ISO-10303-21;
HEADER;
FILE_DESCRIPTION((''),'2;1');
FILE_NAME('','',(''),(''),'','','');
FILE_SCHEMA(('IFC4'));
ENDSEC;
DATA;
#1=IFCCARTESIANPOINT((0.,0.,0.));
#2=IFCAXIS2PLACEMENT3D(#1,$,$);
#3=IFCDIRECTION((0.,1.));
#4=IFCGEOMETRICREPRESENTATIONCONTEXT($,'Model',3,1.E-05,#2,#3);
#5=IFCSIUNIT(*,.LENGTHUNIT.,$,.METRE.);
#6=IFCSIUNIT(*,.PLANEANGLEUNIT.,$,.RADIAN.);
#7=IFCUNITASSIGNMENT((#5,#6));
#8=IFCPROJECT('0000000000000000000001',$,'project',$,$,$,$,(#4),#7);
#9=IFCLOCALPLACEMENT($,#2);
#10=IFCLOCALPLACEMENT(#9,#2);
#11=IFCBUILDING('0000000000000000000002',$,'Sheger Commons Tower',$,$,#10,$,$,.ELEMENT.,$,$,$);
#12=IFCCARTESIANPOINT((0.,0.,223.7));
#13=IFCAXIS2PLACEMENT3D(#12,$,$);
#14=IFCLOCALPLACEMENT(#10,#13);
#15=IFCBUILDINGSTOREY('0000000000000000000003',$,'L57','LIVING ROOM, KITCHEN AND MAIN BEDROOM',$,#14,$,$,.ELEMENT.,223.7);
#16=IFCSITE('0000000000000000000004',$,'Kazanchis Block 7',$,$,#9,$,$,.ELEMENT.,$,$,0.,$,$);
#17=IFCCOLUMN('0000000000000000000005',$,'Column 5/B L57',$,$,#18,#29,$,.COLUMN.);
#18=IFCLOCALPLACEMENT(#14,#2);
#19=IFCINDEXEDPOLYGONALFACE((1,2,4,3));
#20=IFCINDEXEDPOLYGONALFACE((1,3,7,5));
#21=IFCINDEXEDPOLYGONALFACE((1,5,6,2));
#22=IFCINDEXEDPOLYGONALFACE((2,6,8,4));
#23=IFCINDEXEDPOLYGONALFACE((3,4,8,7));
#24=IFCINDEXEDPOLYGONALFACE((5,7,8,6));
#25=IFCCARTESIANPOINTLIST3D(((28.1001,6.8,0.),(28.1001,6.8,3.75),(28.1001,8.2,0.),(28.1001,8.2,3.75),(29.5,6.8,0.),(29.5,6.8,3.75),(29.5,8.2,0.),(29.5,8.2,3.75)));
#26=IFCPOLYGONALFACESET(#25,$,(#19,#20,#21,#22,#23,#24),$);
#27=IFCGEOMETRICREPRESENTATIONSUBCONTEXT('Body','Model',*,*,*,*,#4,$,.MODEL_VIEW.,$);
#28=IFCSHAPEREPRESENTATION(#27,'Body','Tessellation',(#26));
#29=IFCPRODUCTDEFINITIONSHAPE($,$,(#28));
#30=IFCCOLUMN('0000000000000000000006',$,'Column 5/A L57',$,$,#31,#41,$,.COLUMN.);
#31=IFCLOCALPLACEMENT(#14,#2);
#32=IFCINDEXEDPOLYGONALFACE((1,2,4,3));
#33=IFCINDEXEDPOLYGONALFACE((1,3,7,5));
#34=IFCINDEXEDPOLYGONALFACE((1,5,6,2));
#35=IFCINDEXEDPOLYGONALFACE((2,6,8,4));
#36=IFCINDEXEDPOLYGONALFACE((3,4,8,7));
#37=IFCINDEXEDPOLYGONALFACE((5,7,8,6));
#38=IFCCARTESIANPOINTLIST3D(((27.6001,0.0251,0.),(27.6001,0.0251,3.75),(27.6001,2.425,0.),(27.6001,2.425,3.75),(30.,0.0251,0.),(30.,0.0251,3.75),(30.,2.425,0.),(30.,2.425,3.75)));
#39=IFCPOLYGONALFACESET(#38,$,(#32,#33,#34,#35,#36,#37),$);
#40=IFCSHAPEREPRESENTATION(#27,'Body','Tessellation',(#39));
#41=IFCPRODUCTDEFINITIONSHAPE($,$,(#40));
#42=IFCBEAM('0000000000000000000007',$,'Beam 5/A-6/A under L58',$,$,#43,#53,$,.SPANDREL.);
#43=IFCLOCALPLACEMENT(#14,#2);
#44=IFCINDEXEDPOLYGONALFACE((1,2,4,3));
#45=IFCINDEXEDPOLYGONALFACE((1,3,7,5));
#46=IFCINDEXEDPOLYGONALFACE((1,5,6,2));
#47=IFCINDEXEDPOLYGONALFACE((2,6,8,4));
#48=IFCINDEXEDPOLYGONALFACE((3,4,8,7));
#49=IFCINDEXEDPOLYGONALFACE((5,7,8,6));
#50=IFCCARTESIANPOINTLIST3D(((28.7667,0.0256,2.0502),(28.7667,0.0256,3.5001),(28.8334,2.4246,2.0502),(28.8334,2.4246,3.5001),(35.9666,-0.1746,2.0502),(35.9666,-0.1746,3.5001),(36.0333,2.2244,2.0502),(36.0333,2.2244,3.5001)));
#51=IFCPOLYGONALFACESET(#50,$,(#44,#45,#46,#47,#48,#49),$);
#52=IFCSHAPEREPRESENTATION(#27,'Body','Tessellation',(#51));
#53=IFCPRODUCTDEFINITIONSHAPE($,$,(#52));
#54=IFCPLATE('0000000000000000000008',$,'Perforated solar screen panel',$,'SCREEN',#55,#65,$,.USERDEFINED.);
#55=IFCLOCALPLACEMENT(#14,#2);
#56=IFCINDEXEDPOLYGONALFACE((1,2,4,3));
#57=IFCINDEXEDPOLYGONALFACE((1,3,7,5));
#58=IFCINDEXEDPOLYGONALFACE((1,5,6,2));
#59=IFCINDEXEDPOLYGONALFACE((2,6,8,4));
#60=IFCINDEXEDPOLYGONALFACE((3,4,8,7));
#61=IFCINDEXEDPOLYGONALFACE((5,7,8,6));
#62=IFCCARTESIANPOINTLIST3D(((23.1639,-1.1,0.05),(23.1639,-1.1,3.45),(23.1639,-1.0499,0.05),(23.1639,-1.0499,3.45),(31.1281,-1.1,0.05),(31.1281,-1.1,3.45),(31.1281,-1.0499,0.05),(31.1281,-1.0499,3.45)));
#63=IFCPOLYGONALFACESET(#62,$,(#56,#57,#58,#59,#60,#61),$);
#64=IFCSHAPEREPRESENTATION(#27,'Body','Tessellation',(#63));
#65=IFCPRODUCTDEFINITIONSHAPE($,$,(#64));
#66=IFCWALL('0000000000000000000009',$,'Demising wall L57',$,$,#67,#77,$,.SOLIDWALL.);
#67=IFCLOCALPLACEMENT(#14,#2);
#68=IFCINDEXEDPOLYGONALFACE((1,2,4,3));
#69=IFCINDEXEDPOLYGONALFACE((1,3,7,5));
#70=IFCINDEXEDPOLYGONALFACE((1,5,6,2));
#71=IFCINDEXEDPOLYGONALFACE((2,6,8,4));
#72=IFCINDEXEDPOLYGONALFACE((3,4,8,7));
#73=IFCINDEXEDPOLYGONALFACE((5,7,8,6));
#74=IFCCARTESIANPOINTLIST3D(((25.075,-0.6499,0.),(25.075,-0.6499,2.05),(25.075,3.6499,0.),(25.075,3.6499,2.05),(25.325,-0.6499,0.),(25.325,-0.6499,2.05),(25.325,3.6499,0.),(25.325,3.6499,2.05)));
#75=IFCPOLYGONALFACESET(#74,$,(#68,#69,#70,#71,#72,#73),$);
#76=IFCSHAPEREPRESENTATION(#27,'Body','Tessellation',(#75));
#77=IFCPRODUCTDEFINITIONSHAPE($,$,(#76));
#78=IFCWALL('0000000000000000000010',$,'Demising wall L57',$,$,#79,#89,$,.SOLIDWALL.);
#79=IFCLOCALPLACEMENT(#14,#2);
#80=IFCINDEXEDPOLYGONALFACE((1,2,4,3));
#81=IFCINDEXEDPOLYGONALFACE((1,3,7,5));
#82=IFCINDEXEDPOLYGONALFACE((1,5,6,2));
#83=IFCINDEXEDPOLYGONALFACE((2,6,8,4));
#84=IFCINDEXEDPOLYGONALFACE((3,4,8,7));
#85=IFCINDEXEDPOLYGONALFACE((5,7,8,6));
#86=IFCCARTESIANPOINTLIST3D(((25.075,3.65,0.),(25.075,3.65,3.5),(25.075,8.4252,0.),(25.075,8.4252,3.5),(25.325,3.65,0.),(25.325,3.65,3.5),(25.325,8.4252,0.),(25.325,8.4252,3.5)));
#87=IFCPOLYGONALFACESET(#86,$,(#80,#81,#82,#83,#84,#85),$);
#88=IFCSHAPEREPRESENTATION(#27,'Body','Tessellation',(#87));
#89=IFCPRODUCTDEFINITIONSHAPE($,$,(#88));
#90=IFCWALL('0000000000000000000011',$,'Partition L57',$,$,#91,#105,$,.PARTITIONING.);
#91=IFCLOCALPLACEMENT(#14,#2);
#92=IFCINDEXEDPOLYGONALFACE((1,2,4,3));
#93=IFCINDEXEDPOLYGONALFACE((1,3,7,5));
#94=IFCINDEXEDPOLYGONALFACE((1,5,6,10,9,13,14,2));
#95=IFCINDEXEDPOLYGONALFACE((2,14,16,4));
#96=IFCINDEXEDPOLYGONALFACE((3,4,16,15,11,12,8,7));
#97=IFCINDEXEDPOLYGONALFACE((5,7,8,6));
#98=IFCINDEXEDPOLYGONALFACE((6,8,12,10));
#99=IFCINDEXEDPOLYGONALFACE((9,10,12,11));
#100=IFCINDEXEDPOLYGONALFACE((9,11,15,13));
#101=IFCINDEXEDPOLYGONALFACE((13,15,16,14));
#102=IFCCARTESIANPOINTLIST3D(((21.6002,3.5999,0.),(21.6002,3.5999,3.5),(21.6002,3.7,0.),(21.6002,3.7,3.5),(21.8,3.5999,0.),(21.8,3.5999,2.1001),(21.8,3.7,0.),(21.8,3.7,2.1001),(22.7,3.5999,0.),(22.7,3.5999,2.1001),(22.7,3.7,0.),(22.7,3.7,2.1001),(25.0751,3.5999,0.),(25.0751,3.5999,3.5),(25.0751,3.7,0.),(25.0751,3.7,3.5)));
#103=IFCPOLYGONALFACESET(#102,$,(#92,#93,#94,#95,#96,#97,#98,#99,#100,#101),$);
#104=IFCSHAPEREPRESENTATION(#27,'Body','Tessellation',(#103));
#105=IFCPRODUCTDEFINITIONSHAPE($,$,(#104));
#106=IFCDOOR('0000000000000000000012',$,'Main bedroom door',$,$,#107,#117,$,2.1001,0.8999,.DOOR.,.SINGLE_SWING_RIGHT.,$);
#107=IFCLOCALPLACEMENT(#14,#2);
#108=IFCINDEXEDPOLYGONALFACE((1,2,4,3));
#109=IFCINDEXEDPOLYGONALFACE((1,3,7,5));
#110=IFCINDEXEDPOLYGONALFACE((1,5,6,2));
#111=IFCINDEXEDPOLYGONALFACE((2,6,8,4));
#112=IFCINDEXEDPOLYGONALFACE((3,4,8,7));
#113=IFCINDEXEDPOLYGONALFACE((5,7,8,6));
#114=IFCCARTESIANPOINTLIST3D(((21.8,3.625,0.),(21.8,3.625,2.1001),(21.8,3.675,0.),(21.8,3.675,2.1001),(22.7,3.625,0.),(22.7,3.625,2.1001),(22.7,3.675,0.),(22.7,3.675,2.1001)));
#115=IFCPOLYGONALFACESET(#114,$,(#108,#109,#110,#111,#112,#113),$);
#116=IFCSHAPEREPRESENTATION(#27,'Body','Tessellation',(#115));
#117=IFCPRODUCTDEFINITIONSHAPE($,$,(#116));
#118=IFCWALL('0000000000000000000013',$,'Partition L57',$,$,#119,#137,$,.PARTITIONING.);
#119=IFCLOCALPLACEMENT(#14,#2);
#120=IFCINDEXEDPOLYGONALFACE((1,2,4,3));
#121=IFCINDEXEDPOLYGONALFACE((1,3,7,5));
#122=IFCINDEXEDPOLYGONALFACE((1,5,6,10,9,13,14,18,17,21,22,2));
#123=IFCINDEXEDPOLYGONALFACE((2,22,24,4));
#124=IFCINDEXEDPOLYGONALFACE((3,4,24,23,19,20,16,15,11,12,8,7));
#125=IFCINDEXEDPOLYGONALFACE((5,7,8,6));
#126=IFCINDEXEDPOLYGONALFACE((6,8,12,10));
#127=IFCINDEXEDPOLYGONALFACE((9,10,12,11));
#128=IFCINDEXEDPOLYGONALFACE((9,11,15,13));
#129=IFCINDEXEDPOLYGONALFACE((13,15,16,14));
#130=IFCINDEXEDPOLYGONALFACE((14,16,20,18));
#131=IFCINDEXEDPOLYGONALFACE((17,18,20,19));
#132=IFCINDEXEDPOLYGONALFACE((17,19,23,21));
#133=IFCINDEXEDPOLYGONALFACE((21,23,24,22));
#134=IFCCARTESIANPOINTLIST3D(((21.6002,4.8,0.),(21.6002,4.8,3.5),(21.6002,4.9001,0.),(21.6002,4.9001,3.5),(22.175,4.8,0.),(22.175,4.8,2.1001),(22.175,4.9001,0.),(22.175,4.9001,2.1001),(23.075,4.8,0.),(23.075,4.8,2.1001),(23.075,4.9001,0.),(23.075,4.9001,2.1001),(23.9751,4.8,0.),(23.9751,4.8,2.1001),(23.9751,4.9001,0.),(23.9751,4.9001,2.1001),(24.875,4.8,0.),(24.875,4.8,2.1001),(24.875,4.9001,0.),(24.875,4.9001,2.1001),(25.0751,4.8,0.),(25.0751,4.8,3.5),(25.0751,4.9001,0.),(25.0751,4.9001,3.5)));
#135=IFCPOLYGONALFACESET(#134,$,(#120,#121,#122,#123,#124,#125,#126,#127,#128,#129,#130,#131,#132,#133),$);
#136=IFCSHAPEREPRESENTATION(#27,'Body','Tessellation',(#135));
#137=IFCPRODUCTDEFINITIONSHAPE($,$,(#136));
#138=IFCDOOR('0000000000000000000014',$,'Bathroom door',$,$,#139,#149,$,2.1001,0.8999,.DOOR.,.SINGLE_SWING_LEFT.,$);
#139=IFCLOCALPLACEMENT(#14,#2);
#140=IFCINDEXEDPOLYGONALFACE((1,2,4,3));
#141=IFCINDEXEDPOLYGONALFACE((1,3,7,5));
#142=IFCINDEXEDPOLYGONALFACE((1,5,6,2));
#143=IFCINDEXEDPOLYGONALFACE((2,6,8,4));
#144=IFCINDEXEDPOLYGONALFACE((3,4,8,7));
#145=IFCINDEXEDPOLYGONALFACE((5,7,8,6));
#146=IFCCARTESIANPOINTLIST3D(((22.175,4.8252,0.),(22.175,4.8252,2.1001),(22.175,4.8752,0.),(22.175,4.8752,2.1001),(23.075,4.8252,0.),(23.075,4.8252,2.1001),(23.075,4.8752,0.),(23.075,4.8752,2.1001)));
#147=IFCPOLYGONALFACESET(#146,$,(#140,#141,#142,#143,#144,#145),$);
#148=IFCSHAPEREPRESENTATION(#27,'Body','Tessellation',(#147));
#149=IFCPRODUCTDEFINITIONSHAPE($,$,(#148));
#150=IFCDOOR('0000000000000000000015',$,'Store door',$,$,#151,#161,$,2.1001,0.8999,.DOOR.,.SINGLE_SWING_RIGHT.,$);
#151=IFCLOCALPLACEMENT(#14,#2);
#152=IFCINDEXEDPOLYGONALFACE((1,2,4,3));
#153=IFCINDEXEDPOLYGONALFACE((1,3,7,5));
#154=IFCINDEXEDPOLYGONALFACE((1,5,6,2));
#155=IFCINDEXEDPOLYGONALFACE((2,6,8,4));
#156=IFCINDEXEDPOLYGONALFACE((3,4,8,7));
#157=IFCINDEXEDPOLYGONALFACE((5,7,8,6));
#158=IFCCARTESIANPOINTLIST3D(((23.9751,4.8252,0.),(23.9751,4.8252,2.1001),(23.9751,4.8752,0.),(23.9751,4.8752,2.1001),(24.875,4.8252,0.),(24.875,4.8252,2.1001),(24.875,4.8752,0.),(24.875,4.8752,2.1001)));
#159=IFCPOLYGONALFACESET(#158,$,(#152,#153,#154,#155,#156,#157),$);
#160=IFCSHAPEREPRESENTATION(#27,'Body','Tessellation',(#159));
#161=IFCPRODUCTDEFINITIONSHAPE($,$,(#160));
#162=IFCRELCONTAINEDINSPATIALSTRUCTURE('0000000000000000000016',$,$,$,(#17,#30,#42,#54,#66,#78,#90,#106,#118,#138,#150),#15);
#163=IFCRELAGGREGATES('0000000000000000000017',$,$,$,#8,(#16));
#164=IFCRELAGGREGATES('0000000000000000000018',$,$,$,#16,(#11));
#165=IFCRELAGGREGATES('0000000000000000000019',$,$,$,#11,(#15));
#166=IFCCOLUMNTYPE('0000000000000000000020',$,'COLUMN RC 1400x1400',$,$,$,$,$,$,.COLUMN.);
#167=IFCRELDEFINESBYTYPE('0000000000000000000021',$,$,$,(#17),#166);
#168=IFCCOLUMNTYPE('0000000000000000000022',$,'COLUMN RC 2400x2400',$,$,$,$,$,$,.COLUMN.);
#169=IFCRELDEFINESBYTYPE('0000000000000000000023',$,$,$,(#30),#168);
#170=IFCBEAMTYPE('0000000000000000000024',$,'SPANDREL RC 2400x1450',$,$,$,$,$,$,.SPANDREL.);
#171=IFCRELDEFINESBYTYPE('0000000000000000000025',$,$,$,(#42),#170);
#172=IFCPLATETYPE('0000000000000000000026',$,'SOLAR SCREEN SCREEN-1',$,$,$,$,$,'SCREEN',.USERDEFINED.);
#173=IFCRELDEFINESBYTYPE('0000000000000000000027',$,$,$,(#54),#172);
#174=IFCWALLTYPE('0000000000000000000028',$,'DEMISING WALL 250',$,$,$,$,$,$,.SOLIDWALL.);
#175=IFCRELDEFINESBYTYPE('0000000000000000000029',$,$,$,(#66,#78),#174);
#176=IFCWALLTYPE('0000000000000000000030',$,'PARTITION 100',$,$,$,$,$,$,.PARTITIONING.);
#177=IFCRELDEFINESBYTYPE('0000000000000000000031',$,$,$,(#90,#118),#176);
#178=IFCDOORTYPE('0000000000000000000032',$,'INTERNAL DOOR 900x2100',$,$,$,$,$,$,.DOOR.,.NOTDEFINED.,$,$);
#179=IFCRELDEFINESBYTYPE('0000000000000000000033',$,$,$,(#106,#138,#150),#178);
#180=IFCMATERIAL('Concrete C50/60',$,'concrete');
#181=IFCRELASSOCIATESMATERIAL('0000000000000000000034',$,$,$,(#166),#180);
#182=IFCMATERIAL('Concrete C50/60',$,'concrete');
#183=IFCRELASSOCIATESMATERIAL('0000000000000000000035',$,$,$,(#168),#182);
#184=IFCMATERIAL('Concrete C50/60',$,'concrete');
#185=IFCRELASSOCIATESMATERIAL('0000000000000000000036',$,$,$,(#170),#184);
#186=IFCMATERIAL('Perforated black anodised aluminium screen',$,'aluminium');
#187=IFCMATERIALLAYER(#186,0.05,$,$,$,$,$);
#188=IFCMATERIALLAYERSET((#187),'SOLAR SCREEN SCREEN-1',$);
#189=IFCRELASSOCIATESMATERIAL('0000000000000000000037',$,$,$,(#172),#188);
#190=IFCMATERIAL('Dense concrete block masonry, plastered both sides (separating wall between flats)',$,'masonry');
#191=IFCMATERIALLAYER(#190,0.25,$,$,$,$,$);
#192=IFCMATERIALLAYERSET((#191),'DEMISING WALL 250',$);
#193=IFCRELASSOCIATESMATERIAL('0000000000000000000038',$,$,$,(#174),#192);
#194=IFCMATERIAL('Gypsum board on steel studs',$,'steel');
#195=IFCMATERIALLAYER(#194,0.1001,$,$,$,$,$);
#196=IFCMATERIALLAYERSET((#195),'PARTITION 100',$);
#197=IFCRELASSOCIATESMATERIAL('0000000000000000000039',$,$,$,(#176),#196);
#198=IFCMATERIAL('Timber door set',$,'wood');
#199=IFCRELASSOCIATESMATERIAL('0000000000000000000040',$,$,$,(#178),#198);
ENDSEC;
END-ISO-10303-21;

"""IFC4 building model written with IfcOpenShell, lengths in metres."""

from ifc_helpers import new_model, si_unit, direction, frame, frame_2d, origin, origin_2d, place, context, subcontext, project, spatial, rectangle, extrude, material, layer, layer_set, material_profile, profile_set, type_object, element, fill, save


model = new_model("IFC4")

# Units and contexts
model_context = context("Model", 3, precision=1e-05, world=origin(), true_north=direction((0.0, 1.0)))
body_context = subcontext(model_context, "Body", "Model", "MODEL_VIEW")
ifc_project = project(units=[si_unit("LENGTHUNIT", "METRE"), si_unit("PLANEANGLEUNIT", "RADIAN")], contexts=[model_context])

# Site, building, storey
site_placement = place(None, origin())
site = spatial("IfcSite", under=ifc_project, at=site_placement, Name="Kazanchis Block 7", CompositionType="ELEMENT", RefElevation=0.0)
building_placement = place(site_placement, origin())
building = spatial("IfcBuilding", under=site, at=building_placement, Name="Sheger Commons Tower", CompositionType="ELEMENT")
storey_placement = place(building_placement, frame((0.0, 0.0, 223.7)))
storey = spatial("IfcBuildingStorey", under=building, at=storey_placement, Name="L57", Description="LIVING ROOM, KITCHEN AND MAIN BEDROOM", CompositionType="ELEMENT", Elevation=223.7)

# Columns
ifc_material_1 = material(Name="Concrete C50/60", Category="concrete")
ifc_material_profile_1 = material_profile(ifc_material_1, rectangle(XDim=1.3999, YDim=1.3999, at=origin_2d()), Name="RC 1400x1400")
ifc_profile_set_1 = profile_set([ifc_material_profile_1], Name="Concrete C50/60")
column_type_1 = type_object("IfcColumnType", Name="COLUMN RC 1400x1400", PredefinedType="COLUMN", material=ifc_profile_set_1)
column_1_placement = place(storey_placement, frame((28.8, 7.5, 0.0), z_axis=(0.0, 0.0, 1.0), x_axis=(1.0, 0.0, 0.0)))
element("IfcColumn", 1, at=column_1_placement, inside=storey, type_object=column_type_1, Name="Column 5/B L57", PredefinedType="COLUMN", context=body_context, shape_type="SweptSolid", body=[
    extrude(rectangle(XDim=1.3999, YDim=1.3999, at=origin_2d()), origin(), (0.0, 0.0, 1.0), 3.75),
])
ifc_material_2 = material(Name="Concrete C50/60", Category="concrete")
ifc_material_profile_2 = material_profile(ifc_material_2, rectangle(XDim=2.3999, YDim=2.3999, at=origin_2d()), Name="RC 2400x2400")
ifc_profile_set_2 = profile_set([ifc_material_profile_2], Name="Concrete C50/60")
column_type_2 = type_object("IfcColumnType", Name="COLUMN RC 2400x2400", PredefinedType="COLUMN", material=ifc_profile_set_2)
column_2_placement = place(storey_placement, frame((28.8, 1.2251, 0.0), z_axis=(0.0, 0.0, 1.0), x_axis=(1.0, 0.0, 0.0)))
element("IfcColumn", 2, at=column_2_placement, inside=storey, type_object=column_type_2, Name="Column 5/A L57", PredefinedType="COLUMN", context=body_context, shape_type="SweptSolid", body=[
    extrude(rectangle(XDim=2.3999, YDim=2.3999, at=origin_2d()), origin(), (0.0, 0.0, 1.0), 3.75),
])

# Beam
ifc_material_3 = material(Name="Concrete C50/60", Category="concrete")
ifc_material_profile_3 = material_profile(ifc_material_3, rectangle(XDim=2.3999, YDim=1.45, at=origin_2d()), Name="RC 2400x1450")
ifc_profile_set_3 = profile_set([ifc_material_profile_3], Name="Concrete C50/60")
beam_type = type_object("IfcBeamType", Name="SPANDREL RC 2400x1450", PredefinedType="SPANDREL", material=ifc_profile_set_3)
beam_placement = place(storey_placement, frame((28.8, 1.2251, 2.7751), z_axis=(0.999614, -0.027794, 0.0), x_axis=(0.027794, 0.999614, 0.0)))
element("IfcBeam", 3, at=beam_placement, inside=storey, type_object=beam_type, Name="Beam 5/A-6/A under L58", PredefinedType="SPANDREL", context=body_context, shape_type="SweptSolid", body=[
    extrude(rectangle(XDim=2.3999, YDim=1.45, at=origin_2d()), origin(), (0.0, 0.0, 1.0), 7.2026),
])

# Plate
ifc_material_4 = material(Name="Perforated black anodised aluminium screen", Category="aluminium")
ifc_layer_1 = layer(ifc_material_4, 0.05)
ifc_layer_set_1 = layer_set([ifc_layer_1], Name="SOLAR SCREEN SCREEN-1")
plate_type = type_object("IfcPlateType", Name="SOLAR SCREEN SCREEN-1", ElementType="SCREEN", PredefinedType="USERDEFINED", material=ifc_layer_set_1)
plate_placement = place(storey_placement, frame((27.146, -1.075, 0.05), z_axis=(0.0, 0.0, 1.0), x_axis=(1.0, 0.0, 0.0)))
element("IfcPlate", 4, at=plate_placement, inside=storey, type_object=plate_type, Name="Perforated solar screen panel", ObjectType="SCREEN", PredefinedType="USERDEFINED", context=body_context, shape_type="SweptSolid", body=[
    extrude(rectangle(XDim=7.9641, YDim=0.05, at=origin_2d()), origin(), (0.0, 0.0, 1.0), 3.3999),
])

# Walls
ifc_material_5 = material(Name="Dense concrete block masonry, plastered both sides (separating wall between flats)", Category="masonry")
ifc_layer_2 = layer(ifc_material_5, 0.25)
ifc_layer_set_2 = layer_set([ifc_layer_2], Name="DEMISING WALL 250")
wall_type_1 = type_object("IfcWallType", Name="DEMISING WALL 250", PredefinedType="SOLIDWALL", material=ifc_layer_set_2)
wall_1_placement = place(storey_placement, frame((25.2, -0.6499, 0.0), z_axis=(0.0, 0.0, 1.0), x_axis=(0.0, 1.0, 0.0)))
element("IfcWall", 5, at=wall_1_placement, inside=storey, type_object=wall_type_1, Name="Demising wall L57", PredefinedType="SOLIDWALL", context=body_context, shape_type="SweptSolid", body=[
    extrude(rectangle(XDim=4.2998, YDim=0.25, at=frame_2d((2.1499, 0.0))), origin(), (0.0, 0.0, 1.0), 2.05),
])
wall_2_placement = place(storey_placement, frame((25.2, 3.6499, 0.0), z_axis=(0.0, 0.0, 1.0), x_axis=(0.0, 1.0, 0.0)))
element("IfcWall", 6, at=wall_2_placement, inside=storey, type_object=wall_type_1, Name="Demising wall L57", PredefinedType="SOLIDWALL", context=body_context, shape_type="SweptSolid", body=[
    extrude(rectangle(XDim=4.7751, YDim=0.25, at=frame_2d((2.3877, 0.0))), origin(), (0.0, 0.0, 1.0), 3.5),
])

# Wall, opening, door
ifc_material_6 = material(Name="Gypsum board on steel studs", Category="steel")
ifc_layer_3 = layer(ifc_material_6, 0.1001)
ifc_layer_set_3 = layer_set([ifc_layer_3], Name="PARTITION 100")
wall_type_2 = type_object("IfcWallType", Name="PARTITION 100", PredefinedType="PARTITIONING", material=ifc_layer_set_3)
wall_3_placement = place(storey_placement, frame((25.075, 3.6499, 0.0), z_axis=(0.0, 0.0, 1.0), x_axis=(-1.0, 0.0, 0.0)))
wall_3 = element("IfcWall", 7, at=wall_3_placement, inside=storey, type_object=wall_type_2, Name="Partition L57", PredefinedType="PARTITIONING", context=body_context, shape_type="SweptSolid", body=[
    extrude(rectangle(XDim=3.4749, YDim=0.1001, at=frame_2d((1.7373, 0.0))), origin(), (0.0, 0.0, 1.0), 3.5),
])
opening_1_placement = place(wall_3_placement, frame((2.375, 0.0, 0.0)))
opening_1 = element("IfcOpeningElement", 8, at=opening_1_placement, cuts=wall_3, PredefinedType="OPENING", context=body_context, shape_type="SweptSolid", body=[
    extrude(rectangle(XDim=0.8999, YDim=2.1001, at=frame_2d((0.45, 1.05))), frame((0.0, 0.0601, 0.0), z_axis=(0.0, -1.0, 0.0), x_axis=(1.0, 0.0, 0.0)), (0.0, 0.0, 1.0), 0.1201),
])
ifc_material_7 = material(Name="Timber door set", Category="wood")
door_type = type_object("IfcDoorType", Name="INTERNAL DOOR 900x2100", OperationType="NOTDEFINED", PredefinedType="DOOR", material=ifc_material_7)
door_1_placement = place(opening_1_placement, origin())
door_1 = element("IfcDoor", 9, at=door_1_placement, inside=storey, type_object=door_type, Name="Main bedroom door", OperationType="SINGLE_SWING_RIGHT", OverallHeight=2.1001, OverallWidth=0.8999, PredefinedType="DOOR", context=body_context, shape_type="SweptSolid", body=[
    extrude(rectangle(XDim=0.8999, YDim=2.1001, at=frame_2d((0.45, 1.05))), frame((0.0, 0.0249, 0.0), z_axis=(0.0, -1.0, 0.0), x_axis=(1.0, 0.0, 0.0)), (0.0, 0.0, 1.0), 0.05),
])
fill(opening_1, door_1)

# Wall, openings, doors
wall_4_placement = place(storey_placement, frame((25.075, 4.8501, 0.0), z_axis=(0.0, 0.0, 1.0), x_axis=(-1.0, 0.0, 0.0)))
wall_4 = element("IfcWall", 10, at=wall_4_placement, inside=storey, type_object=wall_type_2, Name="Partition L57", PredefinedType="PARTITIONING", context=body_context, shape_type="SweptSolid", body=[
    extrude(rectangle(XDim=3.4749, YDim=0.1001, at=frame_2d((1.7373, 0.0))), origin(), (0.0, 0.0, 1.0), 3.5),
])
opening_2_placement = place(wall_4_placement, frame((2.0, 0.0, 0.0)))
opening_2 = element("IfcOpeningElement", 11, at=opening_2_placement, cuts=wall_4, PredefinedType="OPENING", context=body_context, shape_type="SweptSolid", body=[
    extrude(rectangle(XDim=0.8999, YDim=2.1001, at=frame_2d((0.45, 1.05))), frame((0.0, 0.0601, 0.0), z_axis=(0.0, -1.0, 0.0), x_axis=(1.0, 0.0, 0.0)), (0.0, 0.0, 1.0), 0.1201),
])
opening_3_placement = place(wall_4_placement, frame((0.2, 0.0, 0.0)))
opening_3 = element("IfcOpeningElement", 12, at=opening_3_placement, cuts=wall_4, PredefinedType="OPENING", context=body_context, shape_type="SweptSolid", body=[
    extrude(rectangle(XDim=0.8999, YDim=2.1001, at=frame_2d((0.45, 1.05))), frame((0.0, 0.0601, 0.0), z_axis=(0.0, -1.0, 0.0), x_axis=(1.0, 0.0, 0.0)), (0.0, 0.0, 1.0), 0.1201),
])
door_2_placement = place(opening_2_placement, origin())
door_2 = element("IfcDoor", 13, at=door_2_placement, inside=storey, type_object=door_type, Name="Bathroom door", OperationType="SINGLE_SWING_LEFT", OverallHeight=2.1001, OverallWidth=0.8999, PredefinedType="DOOR", context=body_context, shape_type="SweptSolid", body=[
    extrude(rectangle(XDim=0.8999, YDim=2.1001, at=frame_2d((0.45, 1.05))), frame((0.0, 0.0249, 0.0), z_axis=(0.0, -1.0, 0.0), x_axis=(1.0, 0.0, 0.0)), (0.0, 0.0, 1.0), 0.05),
])
fill(opening_2, door_2)
door_3_placement = place(opening_3_placement, origin())
door_3 = element("IfcDoor", 14, at=door_3_placement, inside=storey, type_object=door_type, Name="Store door", OperationType="SINGLE_SWING_RIGHT", OverallHeight=2.1001, OverallWidth=0.8999, PredefinedType="DOOR", context=body_context, shape_type="SweptSolid", body=[
    extrude(rectangle(XDim=0.8999, YDim=2.1001, at=frame_2d((0.45, 1.05))), frame((0.0, 0.0249, 0.0), z_axis=(0.0, -1.0, 0.0), x_axis=(1.0, 0.0, 0.0)), (0.0, 0.0, 1.0), 0.05),
])
fill(opening_3, door_3)

save(model, "model.ifc")
